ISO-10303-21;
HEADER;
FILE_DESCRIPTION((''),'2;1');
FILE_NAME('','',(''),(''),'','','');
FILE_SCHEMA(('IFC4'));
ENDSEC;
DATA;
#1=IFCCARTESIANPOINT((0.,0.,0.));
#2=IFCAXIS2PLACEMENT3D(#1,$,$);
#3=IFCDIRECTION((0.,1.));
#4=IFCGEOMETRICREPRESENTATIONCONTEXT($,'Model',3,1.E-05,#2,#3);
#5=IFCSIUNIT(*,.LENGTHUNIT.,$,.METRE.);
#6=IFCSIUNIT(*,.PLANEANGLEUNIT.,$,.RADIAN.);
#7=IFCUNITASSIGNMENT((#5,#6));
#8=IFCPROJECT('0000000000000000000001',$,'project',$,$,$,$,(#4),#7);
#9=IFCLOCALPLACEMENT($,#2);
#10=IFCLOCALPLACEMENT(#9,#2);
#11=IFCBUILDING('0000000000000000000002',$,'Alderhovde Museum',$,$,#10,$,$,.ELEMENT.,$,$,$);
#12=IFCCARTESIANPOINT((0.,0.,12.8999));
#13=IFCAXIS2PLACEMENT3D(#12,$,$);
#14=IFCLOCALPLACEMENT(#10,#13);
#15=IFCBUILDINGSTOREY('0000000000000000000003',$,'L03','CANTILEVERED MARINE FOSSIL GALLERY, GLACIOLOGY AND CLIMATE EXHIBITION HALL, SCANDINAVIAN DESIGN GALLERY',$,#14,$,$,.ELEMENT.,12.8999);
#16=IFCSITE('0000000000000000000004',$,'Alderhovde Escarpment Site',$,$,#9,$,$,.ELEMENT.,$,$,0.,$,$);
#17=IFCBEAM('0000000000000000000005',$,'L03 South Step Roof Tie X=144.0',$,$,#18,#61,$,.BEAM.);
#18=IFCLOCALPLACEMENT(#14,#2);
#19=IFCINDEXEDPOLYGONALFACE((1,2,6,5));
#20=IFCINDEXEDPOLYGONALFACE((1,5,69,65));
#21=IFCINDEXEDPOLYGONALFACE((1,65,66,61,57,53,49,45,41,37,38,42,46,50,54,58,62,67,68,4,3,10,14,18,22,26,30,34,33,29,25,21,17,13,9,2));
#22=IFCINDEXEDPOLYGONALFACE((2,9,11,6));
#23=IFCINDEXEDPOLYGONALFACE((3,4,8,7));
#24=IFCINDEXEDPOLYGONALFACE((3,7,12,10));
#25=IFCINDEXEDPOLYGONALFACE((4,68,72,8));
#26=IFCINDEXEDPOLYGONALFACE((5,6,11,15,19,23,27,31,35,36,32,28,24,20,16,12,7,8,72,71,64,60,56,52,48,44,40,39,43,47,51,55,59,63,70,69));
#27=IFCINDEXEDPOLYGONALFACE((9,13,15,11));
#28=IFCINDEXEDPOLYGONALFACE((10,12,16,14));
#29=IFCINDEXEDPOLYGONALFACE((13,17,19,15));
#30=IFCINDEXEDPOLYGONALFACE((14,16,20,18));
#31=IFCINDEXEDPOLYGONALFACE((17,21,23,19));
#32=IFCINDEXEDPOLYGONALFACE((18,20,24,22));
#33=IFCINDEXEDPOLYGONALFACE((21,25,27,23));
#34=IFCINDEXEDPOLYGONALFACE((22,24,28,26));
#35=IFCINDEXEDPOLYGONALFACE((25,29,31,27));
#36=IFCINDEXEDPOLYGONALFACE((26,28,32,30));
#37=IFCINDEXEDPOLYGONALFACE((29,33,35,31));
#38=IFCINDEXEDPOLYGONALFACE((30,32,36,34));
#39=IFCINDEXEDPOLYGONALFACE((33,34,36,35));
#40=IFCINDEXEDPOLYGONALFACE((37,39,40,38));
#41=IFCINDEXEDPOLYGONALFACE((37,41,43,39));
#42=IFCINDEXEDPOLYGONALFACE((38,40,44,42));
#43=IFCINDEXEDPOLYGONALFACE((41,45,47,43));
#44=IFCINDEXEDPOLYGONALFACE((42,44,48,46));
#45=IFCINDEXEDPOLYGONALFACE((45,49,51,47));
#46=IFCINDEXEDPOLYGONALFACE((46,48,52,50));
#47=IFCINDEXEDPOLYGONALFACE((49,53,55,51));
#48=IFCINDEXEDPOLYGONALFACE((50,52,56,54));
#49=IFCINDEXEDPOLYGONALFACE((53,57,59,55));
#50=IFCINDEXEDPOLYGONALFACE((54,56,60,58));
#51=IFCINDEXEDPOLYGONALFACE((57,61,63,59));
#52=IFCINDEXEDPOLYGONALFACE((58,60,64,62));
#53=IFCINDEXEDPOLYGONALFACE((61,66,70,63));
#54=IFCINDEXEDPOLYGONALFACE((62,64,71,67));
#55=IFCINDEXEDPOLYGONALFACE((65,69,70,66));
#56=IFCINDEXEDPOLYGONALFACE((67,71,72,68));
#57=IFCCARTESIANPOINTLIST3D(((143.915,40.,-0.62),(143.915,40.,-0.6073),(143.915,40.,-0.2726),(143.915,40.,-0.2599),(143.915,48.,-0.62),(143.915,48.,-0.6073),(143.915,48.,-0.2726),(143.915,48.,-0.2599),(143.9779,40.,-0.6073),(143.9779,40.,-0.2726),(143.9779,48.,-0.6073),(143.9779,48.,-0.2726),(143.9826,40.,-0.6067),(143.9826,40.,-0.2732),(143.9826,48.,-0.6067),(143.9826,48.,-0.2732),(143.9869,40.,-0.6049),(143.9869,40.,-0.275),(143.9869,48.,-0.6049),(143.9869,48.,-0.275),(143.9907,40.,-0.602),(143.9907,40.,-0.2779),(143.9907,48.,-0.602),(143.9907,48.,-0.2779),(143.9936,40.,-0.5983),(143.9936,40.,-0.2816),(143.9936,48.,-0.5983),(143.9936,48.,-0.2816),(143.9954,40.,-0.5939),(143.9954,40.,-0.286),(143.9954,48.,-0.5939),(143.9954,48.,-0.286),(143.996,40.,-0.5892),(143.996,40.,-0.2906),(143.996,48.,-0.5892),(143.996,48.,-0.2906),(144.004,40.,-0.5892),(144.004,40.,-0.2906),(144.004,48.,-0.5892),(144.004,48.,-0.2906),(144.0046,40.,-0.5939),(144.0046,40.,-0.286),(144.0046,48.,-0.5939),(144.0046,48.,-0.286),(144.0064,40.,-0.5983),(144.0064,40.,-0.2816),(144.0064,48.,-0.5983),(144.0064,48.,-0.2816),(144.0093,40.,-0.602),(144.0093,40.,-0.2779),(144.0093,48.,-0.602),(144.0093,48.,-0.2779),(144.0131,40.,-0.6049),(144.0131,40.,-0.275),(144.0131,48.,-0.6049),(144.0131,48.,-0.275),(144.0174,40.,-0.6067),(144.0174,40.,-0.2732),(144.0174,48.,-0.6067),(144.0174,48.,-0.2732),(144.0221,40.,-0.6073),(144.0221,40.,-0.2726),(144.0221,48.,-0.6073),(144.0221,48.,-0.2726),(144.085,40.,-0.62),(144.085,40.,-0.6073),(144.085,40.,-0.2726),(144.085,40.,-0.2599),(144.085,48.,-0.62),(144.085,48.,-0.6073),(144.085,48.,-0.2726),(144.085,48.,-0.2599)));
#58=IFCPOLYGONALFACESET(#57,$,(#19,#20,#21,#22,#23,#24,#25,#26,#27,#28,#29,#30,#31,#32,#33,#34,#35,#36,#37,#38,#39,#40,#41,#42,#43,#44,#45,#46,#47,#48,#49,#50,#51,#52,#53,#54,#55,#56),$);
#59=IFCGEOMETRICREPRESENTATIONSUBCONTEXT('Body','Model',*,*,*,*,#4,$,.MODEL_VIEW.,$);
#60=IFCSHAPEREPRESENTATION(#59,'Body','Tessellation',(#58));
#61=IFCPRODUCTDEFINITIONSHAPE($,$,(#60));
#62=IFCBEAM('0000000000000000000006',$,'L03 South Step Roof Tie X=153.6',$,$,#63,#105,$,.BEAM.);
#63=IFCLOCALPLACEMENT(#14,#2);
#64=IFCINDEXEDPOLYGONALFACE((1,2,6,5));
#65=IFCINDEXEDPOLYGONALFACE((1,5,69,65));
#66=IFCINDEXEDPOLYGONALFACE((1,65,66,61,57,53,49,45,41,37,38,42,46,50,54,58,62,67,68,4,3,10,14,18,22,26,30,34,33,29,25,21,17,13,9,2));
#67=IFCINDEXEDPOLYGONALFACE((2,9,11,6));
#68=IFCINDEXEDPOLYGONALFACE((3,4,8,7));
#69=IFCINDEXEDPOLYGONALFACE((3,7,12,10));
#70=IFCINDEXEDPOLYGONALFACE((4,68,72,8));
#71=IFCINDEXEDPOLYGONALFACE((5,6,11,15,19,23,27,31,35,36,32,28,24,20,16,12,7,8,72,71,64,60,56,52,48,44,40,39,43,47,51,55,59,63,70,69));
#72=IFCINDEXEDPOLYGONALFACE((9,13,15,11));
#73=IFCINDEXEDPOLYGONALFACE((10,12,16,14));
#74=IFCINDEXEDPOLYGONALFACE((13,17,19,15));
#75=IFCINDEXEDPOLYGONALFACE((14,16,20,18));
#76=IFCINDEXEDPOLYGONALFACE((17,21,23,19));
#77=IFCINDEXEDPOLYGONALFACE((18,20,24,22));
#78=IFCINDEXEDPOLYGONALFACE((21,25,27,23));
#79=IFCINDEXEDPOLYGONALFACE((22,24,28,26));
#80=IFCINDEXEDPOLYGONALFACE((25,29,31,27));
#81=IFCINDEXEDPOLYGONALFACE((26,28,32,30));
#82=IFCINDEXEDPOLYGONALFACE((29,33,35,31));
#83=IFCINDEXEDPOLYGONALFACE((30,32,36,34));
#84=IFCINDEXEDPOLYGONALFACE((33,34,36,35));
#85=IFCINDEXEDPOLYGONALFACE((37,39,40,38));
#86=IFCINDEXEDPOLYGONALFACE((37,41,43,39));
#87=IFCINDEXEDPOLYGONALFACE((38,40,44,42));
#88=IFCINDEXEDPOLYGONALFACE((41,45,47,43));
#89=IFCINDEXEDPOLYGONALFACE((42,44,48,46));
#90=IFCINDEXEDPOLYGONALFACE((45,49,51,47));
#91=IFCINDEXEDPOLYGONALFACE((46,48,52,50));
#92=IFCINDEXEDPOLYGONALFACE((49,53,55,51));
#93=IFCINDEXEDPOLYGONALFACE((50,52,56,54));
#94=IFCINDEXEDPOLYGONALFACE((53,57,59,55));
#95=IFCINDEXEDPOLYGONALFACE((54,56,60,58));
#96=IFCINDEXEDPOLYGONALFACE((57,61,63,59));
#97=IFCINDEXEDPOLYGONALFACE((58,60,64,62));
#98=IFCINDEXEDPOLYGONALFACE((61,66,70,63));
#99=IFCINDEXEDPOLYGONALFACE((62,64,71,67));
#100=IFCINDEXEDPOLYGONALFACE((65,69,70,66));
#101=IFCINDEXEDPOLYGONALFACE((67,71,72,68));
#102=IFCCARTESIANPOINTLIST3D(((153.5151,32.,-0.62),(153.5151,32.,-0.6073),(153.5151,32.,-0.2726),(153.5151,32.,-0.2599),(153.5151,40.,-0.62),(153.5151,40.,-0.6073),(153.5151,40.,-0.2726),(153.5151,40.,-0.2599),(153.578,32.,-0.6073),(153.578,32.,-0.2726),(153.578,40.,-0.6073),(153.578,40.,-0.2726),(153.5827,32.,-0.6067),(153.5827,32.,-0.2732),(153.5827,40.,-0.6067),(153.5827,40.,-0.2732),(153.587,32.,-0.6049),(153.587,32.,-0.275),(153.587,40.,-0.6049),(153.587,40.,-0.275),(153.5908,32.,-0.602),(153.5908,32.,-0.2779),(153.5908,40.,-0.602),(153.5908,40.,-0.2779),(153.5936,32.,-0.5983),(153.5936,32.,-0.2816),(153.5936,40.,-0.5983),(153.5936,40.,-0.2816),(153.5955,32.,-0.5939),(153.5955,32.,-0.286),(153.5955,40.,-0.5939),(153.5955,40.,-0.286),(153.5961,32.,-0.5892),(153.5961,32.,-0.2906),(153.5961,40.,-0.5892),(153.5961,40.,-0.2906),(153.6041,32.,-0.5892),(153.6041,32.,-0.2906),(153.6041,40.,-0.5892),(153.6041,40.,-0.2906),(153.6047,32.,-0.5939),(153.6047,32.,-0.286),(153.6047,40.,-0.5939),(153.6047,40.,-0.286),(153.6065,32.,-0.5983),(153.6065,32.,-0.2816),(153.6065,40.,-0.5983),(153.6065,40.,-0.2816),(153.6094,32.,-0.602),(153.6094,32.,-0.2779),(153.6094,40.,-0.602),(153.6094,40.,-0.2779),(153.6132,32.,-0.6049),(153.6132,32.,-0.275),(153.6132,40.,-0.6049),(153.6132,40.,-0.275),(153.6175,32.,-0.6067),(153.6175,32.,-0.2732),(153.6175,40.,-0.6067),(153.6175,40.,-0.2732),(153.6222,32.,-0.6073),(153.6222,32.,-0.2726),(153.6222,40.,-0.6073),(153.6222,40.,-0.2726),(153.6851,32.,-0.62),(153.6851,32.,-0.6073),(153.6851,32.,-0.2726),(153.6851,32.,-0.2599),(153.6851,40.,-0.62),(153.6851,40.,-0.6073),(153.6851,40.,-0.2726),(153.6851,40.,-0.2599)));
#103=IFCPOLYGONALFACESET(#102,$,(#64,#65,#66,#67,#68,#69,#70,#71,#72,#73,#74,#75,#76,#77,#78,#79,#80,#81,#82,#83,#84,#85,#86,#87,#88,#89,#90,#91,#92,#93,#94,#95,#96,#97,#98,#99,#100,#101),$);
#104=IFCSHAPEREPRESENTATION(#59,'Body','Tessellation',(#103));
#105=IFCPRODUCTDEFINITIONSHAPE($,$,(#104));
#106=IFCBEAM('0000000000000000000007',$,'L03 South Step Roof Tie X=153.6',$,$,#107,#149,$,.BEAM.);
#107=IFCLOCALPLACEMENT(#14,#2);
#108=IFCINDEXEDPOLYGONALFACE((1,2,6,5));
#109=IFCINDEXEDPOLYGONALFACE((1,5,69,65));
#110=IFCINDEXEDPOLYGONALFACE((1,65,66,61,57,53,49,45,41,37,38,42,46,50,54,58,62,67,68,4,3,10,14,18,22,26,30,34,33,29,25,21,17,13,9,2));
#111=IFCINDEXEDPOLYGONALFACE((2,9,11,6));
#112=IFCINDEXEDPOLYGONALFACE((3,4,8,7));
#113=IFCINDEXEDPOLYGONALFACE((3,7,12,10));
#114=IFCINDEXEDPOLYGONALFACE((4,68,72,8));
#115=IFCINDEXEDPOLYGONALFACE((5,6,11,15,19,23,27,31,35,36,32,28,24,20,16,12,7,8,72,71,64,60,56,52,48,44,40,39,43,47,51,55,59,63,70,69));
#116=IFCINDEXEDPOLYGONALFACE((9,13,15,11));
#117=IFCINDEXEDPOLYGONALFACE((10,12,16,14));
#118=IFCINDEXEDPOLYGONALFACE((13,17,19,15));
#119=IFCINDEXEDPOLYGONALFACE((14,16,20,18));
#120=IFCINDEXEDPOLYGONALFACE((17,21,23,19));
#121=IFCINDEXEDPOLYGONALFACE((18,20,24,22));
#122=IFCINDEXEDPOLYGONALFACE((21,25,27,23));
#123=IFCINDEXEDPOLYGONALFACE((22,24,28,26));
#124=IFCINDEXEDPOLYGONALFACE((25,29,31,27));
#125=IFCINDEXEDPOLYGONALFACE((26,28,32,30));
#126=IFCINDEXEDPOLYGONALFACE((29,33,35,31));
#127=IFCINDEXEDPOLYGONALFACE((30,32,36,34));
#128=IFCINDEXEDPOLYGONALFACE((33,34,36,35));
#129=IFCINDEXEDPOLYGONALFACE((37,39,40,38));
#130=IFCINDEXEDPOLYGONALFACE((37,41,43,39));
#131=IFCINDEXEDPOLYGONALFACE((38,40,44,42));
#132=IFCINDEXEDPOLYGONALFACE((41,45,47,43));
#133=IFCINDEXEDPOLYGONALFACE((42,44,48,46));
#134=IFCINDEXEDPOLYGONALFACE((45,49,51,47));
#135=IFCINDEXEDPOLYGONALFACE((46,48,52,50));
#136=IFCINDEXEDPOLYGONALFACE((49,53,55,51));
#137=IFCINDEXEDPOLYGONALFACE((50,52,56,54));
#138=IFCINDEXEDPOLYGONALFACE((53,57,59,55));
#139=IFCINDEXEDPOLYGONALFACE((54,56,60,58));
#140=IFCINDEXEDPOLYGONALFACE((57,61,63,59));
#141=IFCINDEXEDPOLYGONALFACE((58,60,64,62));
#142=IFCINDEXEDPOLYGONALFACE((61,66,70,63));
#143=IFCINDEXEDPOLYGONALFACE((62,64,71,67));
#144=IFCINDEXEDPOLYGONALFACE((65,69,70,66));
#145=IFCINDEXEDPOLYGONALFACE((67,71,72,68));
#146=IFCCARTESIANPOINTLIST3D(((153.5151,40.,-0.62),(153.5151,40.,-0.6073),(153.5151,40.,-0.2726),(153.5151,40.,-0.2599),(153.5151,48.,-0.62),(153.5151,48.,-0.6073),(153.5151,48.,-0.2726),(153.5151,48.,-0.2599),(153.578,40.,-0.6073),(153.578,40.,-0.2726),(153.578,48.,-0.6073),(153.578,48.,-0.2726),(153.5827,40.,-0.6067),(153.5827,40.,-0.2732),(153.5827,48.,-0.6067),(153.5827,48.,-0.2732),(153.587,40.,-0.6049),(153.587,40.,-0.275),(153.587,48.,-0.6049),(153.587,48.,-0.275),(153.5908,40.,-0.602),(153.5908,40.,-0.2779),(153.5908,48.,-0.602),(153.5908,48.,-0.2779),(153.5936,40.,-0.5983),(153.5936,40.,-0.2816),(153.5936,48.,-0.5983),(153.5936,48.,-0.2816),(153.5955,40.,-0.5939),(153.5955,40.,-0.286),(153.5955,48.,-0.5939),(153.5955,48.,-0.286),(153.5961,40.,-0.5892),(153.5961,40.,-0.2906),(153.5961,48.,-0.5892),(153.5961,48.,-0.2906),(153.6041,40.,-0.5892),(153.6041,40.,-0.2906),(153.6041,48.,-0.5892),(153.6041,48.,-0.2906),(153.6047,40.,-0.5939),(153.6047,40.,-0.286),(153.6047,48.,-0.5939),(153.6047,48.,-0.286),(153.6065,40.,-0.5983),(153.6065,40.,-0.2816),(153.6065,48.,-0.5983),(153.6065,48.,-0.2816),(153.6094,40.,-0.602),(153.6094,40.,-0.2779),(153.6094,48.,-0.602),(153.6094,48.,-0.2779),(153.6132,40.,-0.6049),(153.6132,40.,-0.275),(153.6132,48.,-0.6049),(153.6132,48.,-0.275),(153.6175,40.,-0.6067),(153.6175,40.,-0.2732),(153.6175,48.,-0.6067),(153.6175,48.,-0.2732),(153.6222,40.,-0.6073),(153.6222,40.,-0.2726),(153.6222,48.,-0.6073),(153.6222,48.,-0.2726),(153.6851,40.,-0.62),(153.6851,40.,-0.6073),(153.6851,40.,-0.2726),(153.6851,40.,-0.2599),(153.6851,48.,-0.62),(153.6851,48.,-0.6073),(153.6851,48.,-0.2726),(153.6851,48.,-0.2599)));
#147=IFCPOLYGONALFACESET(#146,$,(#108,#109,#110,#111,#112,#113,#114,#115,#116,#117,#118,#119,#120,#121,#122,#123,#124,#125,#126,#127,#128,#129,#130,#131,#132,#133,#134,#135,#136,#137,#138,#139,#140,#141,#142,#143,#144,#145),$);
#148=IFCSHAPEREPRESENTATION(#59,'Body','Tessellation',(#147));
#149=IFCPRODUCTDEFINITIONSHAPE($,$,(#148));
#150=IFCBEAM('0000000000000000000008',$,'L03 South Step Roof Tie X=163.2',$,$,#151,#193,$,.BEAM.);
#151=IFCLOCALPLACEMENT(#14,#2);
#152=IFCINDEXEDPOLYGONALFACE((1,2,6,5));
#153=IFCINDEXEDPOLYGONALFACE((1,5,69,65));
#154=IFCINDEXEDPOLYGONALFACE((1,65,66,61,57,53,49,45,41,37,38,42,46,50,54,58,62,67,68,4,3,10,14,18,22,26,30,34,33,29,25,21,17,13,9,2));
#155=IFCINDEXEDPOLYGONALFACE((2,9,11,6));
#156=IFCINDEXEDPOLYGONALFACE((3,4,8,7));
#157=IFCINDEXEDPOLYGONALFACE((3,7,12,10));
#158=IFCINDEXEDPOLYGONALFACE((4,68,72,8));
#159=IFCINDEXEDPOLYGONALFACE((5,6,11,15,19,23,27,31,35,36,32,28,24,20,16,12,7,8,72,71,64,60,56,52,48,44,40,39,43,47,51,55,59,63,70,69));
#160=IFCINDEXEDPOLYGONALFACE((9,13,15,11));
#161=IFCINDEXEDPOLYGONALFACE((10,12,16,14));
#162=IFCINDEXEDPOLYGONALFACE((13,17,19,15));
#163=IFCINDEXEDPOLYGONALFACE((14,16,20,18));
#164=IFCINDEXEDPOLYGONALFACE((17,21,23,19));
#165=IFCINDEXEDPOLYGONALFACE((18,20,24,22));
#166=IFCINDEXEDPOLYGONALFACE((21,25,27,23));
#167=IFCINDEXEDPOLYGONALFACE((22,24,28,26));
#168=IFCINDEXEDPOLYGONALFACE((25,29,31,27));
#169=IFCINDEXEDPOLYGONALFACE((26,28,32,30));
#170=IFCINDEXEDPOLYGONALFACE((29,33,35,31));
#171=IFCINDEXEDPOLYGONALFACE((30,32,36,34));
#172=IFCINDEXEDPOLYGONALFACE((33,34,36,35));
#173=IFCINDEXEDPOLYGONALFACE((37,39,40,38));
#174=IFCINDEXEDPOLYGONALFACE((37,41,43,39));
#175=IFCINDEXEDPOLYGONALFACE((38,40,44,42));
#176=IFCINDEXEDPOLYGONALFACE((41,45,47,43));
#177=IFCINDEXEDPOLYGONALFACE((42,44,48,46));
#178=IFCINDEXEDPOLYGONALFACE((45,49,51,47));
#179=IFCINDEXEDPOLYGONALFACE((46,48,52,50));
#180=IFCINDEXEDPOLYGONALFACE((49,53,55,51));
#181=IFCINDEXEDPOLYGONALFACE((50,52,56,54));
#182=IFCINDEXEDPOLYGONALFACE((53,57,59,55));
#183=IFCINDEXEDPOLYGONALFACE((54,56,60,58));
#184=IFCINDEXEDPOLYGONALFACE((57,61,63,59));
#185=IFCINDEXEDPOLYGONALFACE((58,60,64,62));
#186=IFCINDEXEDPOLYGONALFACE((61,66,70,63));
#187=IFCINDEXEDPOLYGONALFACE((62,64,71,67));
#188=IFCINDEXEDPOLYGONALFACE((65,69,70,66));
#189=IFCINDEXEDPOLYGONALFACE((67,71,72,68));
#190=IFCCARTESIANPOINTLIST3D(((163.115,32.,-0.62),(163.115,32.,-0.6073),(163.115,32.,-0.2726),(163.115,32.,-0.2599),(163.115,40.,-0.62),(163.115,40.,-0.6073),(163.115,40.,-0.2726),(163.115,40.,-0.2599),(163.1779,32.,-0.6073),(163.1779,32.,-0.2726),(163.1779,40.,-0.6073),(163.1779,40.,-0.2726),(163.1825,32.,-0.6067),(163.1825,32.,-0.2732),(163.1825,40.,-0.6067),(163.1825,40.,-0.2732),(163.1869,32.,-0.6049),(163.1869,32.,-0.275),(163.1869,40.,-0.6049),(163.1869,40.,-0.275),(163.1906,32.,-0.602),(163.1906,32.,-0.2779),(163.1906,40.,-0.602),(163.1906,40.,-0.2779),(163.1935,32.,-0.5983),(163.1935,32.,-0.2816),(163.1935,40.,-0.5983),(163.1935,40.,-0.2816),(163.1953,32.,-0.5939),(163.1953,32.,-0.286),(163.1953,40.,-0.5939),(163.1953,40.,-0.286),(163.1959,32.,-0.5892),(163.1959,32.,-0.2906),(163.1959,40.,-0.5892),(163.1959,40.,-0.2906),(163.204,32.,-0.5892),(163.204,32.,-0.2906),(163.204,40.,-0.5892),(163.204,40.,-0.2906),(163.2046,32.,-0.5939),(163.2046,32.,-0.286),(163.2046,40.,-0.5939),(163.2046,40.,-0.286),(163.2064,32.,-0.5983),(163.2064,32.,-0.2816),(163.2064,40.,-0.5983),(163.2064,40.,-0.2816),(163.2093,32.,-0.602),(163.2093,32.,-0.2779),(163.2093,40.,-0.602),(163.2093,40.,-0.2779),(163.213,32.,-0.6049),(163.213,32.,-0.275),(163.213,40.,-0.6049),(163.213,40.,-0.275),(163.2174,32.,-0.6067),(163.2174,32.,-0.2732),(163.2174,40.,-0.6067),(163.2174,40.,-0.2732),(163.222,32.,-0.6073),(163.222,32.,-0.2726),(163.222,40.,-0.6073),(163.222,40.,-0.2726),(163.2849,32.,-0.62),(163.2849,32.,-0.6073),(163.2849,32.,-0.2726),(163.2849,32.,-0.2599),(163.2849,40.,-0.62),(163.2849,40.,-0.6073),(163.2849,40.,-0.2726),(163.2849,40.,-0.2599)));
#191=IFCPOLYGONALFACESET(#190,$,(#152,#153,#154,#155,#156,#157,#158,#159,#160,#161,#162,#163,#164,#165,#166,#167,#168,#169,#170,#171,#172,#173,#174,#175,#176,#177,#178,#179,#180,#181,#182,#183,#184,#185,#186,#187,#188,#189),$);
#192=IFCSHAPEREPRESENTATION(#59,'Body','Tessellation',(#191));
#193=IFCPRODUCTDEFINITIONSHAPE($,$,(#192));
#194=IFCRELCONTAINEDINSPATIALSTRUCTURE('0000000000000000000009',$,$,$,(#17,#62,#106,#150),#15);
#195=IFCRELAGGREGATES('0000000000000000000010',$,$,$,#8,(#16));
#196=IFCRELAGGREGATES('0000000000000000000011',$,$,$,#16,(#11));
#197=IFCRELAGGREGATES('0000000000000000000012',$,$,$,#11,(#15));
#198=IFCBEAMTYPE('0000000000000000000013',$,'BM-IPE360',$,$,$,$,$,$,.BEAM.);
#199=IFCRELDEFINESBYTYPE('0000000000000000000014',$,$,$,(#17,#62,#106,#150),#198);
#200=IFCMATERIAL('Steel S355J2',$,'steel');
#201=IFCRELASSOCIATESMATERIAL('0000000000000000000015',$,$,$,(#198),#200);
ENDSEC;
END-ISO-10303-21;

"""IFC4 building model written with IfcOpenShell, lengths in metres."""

from ifc_helpers import new_model, si_unit, direction, frame, origin, origin_2d, place, context, subcontext, project, spatial, i_section, extrude, material, material_profile, profile_set, type_object, element, save


model = new_model("IFC4")

# Units and contexts
model_context = context("Model", 3, precision=1e-05, world=origin(), true_north=direction((0.0, 1.0)))
body_context = subcontext(model_context, "Body", "Model", "MODEL_VIEW")
ifc_project = project(units=[si_unit("LENGTHUNIT", "METRE"), si_unit("PLANEANGLEUNIT", "RADIAN")], contexts=[model_context])

# Site, building, storey
site_placement = place(None, origin())
site = spatial("IfcSite", under=ifc_project, at=site_placement, Name="Alderhovde Escarpment Site", CompositionType="ELEMENT", RefElevation=0.0)
building_placement = place(site_placement, origin())
building = spatial("IfcBuilding", under=site, at=building_placement, Name="Alderhovde Museum", CompositionType="ELEMENT")
storey_placement = place(building_placement, frame((0.0, 0.0, 12.8999)))
storey = spatial("IfcBuildingStorey", under=building, at=storey_placement, Name="L03", Description="CANTILEVERED MARINE FOSSIL GALLERY, GLACIOLOGY AND CLIMATE EXHIBITION HALL, SCANDINAVIAN DESIGN GALLERY", CompositionType="ELEMENT", Elevation=12.8999)

# Beams
ifc_material_1 = material(Name="Steel S355J2", Category="steel")
ifc_material_profile_1 = material_profile(ifc_material_1, i_section(OverallWidth=0.1699, OverallDepth=0.3601, WebThickness=0.0081, FlangeThickness=0.0127, FilletRadius=0.0181, at=origin_2d()), Name="IPE 360")
ifc_profile_set_1 = profile_set([ifc_material_profile_1], Name="Steel S355J2")
beam_type_1 = type_object("IfcBeamType", Name="BM-IPE360", PredefinedType="BEAM", material=ifc_profile_set_1)
for number, where, z_axis, x_axis, name in (
    (1, (144.0, 40.0, -0.4399), (0.0, 1.0, 0.0), (-1.0, 0.0, 0.0), "L03 South Step Roof Tie X=144.0"),
    (2, (153.6001, 32.0, -0.4399), (0.0, 1.0, 0.0), (-1.0, 0.0, 0.0), "L03 South Step Roof Tie X=153.6"),
    (3, (153.6001, 40.0, -0.4399), (0.0, 1.0, 0.0), (-1.0, 0.0, 0.0), "L03 South Step Roof Tie X=153.6"),
    (4, (163.2, 32.0, -0.4399), (0.0, 1.0, 0.0), (-1.0, 0.0, 0.0), "L03 South Step Roof Tie X=163.2"),
):
    element("IfcBeam", number, at=place(storey_placement, frame(where, z_axis=z_axis, x_axis=x_axis)), inside=storey, type_object=beam_type_1, Name=name, PredefinedType="BEAM", context=body_context, shape_type="SweptSolid", body=[
        extrude(i_section(OverallWidth=0.1699, OverallDepth=0.3601, WebThickness=0.0081, FlangeThickness=0.0127, FilletRadius=0.0181, at=origin_2d()), origin(), (0.0, 0.0, 1.0), 8.0),
    ])

save(model, "model.ifc")
